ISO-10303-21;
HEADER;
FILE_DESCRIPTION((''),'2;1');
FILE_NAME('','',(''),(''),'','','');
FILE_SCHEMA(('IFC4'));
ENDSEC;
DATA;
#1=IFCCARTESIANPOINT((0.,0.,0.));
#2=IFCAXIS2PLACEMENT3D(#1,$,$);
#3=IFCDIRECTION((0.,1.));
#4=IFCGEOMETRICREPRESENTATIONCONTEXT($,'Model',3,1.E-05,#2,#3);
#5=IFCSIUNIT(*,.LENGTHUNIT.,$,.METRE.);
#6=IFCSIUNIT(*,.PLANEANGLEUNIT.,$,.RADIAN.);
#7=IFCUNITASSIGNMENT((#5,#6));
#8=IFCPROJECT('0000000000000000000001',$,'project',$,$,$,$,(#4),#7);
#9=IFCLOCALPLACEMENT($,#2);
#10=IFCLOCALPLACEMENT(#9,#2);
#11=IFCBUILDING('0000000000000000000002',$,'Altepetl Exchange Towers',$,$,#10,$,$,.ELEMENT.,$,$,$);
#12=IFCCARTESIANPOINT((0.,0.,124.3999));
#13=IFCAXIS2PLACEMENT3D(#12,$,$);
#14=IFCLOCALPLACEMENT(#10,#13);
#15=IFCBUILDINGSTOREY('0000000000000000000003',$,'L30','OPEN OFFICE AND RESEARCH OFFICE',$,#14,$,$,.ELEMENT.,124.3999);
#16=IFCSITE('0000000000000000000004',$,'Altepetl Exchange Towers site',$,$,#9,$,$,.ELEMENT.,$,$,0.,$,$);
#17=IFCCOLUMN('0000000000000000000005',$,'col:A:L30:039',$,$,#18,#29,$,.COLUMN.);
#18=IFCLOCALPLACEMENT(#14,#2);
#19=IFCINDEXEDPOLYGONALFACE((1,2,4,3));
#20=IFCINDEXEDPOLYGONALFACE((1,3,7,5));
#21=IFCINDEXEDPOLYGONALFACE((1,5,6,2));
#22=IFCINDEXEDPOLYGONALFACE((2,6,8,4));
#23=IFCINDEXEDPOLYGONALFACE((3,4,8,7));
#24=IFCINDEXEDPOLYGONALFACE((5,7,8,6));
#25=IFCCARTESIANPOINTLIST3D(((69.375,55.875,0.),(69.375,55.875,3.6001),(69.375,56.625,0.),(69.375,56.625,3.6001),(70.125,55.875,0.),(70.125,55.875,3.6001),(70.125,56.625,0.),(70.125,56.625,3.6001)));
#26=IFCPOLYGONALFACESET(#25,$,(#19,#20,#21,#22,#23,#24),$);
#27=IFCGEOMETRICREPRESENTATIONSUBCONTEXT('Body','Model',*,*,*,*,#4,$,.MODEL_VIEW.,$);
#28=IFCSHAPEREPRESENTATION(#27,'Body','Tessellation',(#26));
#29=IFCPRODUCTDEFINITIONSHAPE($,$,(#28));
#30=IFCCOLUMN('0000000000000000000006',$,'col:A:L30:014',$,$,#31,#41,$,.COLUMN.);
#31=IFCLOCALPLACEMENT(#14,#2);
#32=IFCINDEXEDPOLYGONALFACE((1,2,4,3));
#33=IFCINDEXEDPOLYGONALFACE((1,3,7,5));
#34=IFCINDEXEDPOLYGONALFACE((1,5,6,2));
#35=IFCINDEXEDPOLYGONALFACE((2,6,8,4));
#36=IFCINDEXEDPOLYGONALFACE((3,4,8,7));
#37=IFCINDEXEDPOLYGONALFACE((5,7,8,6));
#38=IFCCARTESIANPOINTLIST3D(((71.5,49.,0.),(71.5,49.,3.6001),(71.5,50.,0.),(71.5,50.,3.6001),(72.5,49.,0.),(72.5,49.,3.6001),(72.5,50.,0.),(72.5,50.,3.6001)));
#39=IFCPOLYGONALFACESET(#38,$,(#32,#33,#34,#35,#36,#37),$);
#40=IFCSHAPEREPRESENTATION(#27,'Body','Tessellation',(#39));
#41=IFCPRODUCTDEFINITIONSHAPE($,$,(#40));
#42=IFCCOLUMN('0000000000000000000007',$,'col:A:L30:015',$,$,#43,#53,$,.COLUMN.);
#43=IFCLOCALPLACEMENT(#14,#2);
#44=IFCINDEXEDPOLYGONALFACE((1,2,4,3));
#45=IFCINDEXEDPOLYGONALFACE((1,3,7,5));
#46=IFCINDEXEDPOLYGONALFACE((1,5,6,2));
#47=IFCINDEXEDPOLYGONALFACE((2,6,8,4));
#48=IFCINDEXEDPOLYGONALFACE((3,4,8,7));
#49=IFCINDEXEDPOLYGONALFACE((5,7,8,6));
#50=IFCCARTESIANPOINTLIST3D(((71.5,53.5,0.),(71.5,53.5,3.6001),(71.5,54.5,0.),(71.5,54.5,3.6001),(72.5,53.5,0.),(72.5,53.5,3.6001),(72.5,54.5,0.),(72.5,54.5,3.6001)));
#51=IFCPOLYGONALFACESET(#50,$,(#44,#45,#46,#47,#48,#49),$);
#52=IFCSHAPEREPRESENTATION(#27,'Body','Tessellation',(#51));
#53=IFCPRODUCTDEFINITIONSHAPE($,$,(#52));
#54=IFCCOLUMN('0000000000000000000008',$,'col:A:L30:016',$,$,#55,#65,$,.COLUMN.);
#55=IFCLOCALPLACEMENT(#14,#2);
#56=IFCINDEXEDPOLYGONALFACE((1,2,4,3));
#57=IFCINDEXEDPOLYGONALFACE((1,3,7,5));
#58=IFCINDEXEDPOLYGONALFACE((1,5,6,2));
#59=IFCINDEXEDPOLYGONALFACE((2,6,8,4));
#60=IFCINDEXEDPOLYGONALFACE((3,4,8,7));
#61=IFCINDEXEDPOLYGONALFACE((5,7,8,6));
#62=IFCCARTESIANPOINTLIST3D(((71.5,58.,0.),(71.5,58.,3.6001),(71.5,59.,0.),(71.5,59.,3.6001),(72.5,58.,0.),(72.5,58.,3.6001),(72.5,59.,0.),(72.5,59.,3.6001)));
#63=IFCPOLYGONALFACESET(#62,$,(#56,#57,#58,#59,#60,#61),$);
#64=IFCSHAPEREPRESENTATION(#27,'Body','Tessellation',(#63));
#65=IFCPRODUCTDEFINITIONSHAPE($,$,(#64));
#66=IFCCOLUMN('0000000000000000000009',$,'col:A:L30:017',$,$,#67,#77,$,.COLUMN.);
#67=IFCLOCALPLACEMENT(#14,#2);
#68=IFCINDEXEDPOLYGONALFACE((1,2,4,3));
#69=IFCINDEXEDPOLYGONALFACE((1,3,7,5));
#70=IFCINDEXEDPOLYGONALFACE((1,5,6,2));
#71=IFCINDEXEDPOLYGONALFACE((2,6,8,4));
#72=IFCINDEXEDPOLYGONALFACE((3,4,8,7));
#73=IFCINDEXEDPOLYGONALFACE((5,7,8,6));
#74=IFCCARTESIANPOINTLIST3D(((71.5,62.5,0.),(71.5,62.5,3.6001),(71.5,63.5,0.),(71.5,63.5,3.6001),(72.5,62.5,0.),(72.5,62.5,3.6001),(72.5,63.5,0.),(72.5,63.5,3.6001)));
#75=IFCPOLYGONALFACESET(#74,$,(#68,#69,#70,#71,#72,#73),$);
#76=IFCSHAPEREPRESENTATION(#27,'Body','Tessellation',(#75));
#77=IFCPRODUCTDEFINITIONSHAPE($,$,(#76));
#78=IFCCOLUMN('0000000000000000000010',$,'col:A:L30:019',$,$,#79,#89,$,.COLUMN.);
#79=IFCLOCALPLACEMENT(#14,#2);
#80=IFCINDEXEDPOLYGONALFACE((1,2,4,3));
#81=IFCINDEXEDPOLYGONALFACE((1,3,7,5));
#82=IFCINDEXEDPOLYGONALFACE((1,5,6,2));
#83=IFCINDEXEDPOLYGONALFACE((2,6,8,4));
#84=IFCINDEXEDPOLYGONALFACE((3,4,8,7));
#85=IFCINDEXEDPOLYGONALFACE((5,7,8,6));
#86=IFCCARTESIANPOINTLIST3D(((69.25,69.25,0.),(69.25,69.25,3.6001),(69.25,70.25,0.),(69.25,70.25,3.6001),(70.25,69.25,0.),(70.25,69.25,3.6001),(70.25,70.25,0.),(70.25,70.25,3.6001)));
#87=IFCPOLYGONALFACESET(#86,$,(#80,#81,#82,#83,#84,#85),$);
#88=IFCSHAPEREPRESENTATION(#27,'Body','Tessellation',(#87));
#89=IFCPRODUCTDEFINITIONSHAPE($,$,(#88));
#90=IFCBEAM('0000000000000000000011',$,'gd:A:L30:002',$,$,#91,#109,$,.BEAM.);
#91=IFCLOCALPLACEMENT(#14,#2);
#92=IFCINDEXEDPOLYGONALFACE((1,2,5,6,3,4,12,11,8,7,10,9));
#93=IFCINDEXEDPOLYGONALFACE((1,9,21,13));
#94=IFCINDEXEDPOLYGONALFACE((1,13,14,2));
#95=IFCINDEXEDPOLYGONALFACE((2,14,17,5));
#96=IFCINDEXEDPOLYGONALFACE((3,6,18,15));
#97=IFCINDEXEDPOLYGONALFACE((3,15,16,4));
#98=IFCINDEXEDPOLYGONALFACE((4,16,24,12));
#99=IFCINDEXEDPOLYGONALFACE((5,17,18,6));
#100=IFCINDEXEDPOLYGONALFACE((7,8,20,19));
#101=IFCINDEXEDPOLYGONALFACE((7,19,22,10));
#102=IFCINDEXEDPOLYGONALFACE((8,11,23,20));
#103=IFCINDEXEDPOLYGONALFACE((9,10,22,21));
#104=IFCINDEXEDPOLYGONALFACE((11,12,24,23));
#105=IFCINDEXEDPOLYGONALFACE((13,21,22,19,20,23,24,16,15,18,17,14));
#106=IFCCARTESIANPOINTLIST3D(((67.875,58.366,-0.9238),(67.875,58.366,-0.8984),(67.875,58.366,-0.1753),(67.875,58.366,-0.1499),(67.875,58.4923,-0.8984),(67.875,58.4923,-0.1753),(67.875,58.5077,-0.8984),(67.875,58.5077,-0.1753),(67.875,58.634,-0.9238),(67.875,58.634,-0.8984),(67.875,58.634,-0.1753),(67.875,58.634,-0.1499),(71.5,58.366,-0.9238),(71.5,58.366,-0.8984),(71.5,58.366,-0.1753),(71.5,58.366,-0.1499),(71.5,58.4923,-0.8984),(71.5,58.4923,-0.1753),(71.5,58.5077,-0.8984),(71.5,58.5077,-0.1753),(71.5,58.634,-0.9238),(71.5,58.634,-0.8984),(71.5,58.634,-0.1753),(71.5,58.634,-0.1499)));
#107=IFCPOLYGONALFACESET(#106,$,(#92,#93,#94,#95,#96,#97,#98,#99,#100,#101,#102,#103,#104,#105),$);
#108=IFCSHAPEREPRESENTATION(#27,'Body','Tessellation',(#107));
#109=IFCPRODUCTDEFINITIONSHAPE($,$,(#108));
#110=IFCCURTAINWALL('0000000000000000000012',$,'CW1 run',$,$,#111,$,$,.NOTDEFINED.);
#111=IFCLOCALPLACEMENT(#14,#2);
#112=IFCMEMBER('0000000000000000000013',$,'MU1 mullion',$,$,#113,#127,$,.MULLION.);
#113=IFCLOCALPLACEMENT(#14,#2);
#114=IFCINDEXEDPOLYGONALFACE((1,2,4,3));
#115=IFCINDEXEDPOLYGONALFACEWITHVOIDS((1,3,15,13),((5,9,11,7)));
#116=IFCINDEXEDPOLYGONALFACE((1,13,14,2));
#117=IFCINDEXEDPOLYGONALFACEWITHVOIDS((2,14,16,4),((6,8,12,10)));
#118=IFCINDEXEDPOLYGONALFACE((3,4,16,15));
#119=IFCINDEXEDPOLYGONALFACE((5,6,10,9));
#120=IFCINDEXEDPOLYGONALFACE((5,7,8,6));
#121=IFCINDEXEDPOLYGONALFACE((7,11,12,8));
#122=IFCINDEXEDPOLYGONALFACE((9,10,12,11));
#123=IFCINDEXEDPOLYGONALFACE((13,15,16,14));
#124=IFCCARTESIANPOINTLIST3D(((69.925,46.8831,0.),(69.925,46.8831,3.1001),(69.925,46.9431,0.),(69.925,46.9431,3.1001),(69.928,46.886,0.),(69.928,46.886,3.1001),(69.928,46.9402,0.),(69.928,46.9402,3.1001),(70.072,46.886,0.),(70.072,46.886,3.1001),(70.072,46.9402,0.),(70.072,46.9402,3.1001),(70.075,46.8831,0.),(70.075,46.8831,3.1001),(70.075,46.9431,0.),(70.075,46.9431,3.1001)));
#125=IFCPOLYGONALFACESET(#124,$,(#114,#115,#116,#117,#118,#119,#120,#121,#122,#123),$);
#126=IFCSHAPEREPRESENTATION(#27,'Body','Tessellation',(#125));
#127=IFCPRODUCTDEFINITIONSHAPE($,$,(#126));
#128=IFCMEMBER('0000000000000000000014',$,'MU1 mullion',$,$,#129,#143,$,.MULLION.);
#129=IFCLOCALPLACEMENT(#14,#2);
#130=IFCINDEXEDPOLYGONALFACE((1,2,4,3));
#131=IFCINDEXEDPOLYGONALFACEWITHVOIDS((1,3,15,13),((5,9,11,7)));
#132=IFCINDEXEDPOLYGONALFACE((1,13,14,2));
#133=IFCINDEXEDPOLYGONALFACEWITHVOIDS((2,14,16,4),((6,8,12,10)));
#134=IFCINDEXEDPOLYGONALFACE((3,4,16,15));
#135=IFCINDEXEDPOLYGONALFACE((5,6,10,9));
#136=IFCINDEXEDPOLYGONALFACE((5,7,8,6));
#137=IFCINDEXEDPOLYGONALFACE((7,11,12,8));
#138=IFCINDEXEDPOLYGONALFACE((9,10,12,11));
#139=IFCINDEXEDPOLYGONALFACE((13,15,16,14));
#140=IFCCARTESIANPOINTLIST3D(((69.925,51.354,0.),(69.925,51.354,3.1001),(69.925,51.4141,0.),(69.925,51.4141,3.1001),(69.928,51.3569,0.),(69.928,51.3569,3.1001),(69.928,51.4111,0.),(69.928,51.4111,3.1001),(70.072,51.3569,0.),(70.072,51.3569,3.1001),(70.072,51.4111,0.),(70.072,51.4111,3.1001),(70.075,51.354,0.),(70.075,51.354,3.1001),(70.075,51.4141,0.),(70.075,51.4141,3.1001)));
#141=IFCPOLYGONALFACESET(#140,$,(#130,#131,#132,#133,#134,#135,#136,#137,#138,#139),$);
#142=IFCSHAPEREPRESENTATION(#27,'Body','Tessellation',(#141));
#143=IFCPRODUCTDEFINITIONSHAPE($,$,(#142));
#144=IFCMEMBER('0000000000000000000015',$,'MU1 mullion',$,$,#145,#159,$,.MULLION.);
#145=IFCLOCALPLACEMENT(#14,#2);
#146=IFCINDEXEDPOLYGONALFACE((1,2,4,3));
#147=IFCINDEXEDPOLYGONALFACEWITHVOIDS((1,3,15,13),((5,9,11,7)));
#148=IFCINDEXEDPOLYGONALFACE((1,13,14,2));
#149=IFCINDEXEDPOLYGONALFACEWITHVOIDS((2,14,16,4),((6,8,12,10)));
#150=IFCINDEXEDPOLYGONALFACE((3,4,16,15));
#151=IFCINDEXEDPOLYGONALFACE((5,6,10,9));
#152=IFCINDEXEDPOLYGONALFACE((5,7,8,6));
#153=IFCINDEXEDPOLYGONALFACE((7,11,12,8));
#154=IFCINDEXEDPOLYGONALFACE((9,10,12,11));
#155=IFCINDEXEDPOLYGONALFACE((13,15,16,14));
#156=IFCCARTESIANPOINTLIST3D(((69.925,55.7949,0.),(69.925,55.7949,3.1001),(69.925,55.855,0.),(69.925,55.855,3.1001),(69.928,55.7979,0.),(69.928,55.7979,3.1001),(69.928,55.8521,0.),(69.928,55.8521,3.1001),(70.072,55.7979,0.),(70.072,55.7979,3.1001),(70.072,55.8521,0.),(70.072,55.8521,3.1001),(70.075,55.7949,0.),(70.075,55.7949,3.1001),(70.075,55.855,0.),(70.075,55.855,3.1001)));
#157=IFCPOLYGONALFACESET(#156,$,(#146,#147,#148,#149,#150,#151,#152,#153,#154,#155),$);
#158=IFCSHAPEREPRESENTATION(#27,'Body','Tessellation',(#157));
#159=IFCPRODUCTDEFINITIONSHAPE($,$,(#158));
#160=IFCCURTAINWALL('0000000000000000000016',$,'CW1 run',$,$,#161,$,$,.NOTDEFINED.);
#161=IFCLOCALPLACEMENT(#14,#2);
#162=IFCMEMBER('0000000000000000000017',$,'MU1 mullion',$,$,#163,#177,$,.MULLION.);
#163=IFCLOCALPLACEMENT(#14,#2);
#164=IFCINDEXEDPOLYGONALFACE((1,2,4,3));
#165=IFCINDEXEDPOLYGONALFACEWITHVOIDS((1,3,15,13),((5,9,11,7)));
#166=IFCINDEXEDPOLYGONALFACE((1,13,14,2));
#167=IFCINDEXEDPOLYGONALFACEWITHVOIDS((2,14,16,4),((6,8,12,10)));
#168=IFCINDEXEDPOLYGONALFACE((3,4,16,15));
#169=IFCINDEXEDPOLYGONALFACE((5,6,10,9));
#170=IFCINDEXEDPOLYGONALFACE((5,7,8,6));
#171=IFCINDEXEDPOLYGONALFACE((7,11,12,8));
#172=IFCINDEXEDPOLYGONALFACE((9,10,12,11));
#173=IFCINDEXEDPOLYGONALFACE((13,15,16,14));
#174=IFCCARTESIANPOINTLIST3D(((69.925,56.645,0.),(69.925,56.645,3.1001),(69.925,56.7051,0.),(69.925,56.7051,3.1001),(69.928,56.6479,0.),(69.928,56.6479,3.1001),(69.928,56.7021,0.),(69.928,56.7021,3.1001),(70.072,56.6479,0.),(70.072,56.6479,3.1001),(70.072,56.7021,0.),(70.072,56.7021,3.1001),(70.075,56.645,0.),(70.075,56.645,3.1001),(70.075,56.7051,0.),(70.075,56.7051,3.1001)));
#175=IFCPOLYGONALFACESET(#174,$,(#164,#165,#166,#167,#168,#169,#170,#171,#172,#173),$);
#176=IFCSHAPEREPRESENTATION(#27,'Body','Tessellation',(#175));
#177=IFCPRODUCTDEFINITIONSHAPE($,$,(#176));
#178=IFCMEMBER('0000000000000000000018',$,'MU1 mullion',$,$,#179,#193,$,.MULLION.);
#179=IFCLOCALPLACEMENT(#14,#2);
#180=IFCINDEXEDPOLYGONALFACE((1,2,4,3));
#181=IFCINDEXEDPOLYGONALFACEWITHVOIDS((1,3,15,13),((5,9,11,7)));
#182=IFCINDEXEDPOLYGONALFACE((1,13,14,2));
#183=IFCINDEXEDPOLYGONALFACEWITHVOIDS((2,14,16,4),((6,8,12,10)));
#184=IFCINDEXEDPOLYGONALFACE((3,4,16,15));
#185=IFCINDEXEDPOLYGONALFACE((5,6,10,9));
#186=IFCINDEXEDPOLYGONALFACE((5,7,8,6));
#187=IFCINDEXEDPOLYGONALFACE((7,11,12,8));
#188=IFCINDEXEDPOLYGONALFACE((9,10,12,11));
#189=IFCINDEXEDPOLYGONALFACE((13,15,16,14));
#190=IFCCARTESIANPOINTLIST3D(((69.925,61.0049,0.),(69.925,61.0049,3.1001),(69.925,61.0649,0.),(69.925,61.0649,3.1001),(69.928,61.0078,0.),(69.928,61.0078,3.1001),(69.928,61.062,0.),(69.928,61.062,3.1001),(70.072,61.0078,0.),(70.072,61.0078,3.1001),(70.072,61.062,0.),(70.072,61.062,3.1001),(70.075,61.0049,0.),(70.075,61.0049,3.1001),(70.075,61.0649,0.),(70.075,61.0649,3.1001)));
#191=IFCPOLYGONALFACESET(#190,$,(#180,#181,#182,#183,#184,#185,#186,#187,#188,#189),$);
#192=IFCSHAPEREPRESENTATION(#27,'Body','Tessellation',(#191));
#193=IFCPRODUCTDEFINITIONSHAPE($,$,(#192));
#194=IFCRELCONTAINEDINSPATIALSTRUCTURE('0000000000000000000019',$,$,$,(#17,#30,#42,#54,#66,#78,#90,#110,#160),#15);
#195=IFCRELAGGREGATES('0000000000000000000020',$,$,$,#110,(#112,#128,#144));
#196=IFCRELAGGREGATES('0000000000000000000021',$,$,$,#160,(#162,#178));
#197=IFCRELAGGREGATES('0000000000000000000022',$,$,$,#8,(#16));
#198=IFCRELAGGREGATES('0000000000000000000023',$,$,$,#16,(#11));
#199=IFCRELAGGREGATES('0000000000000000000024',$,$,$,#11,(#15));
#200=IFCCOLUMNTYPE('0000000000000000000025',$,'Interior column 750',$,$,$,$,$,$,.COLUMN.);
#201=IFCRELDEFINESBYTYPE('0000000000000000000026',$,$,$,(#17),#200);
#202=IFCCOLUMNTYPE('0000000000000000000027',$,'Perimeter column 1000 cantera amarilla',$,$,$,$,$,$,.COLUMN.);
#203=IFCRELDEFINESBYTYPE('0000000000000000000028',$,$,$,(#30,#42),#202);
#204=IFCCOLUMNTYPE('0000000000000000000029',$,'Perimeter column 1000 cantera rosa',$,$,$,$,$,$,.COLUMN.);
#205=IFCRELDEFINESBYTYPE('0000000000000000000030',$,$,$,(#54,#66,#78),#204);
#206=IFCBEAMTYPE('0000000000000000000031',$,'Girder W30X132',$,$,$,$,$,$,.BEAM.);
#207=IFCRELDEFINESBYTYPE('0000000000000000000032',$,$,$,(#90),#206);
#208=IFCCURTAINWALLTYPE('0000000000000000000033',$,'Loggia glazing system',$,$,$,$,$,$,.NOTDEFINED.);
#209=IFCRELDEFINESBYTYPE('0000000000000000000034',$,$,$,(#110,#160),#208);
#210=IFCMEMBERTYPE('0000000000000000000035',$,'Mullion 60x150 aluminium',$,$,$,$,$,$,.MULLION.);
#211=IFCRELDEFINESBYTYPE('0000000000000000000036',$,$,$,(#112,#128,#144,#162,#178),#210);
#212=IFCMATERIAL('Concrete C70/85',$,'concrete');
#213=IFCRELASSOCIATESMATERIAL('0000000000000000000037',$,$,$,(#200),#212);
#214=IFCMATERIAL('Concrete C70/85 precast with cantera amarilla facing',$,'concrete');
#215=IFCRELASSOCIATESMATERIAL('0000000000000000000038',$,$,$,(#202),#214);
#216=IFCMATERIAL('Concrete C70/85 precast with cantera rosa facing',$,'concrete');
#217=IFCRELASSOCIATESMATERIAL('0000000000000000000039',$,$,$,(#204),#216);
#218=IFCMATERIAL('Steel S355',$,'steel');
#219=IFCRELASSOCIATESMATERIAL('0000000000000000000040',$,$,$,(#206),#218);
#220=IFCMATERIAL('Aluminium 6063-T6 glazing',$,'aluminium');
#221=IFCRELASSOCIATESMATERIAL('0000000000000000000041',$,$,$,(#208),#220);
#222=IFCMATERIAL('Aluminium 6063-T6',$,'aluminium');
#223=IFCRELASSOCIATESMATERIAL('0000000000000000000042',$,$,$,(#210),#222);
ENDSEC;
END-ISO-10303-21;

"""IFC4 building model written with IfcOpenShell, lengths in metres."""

from ifc_helpers import new_model, si_unit, direction, frame, origin, origin_2d, place, context, subcontext, project, spatial, rectangle, hollow_rectangle, i_section, extrude, material, material_profile, profile_set, type_object, element, aggregate, save


model = new_model("IFC4")

# Units and contexts
model_context = context("Model", 3, precision=1e-05, world=origin(), true_north=direction((0.0, 1.0)))
body_context = subcontext(model_context, "Body", "Model", "MODEL_VIEW")
ifc_project = project(units=[si_unit("LENGTHUNIT", "METRE"), si_unit("PLANEANGLEUNIT", "RADIAN")], contexts=[model_context])

# Site, building, storey
site_placement = place(None, origin())
site = spatial("IfcSite", under=ifc_project, at=site_placement, Name="Altepetl Exchange Towers site", CompositionType="ELEMENT", RefElevation=0.0)
building_placement = place(site_placement, origin())
building = spatial("IfcBuilding", under=site, at=building_placement, Name="Altepetl Exchange Towers", CompositionType="ELEMENT")
storey_placement = place(building_placement, frame((0.0, 0.0, 124.3999)))
storey = spatial("IfcBuildingStorey", under=building, at=storey_placement, Name="L30", Description="OPEN OFFICE AND RESEARCH OFFICE", CompositionType="ELEMENT", Elevation=124.3999)

# Columns
ifc_material_1 = material(Name="Concrete C70/85", Category="concrete")
ifc_material_profile_1 = material_profile(ifc_material_1, rectangle(XDim=0.75, YDim=0.75, at=origin_2d()), Name="750 x 750")
ifc_profile_set_1 = profile_set([ifc_material_profile_1], Name="Concrete C70/85")
column_type_1 = type_object("IfcColumnType", Name="Interior column 750", PredefinedType="COLUMN", material=ifc_profile_set_1)
column_placement = place(storey_placement, frame((69.75, 56.25, 0.0)))
element("IfcColumn", 1, at=column_placement, inside=storey, type_object=column_type_1, Name="col:A:L30:039", PredefinedType="COLUMN", context=body_context, shape_type="SweptSolid", body=[
    extrude(rectangle(XDim=0.75, YDim=0.75, at=origin_2d()), origin(), (0.0, 0.0, 1.0), 3.6001),
])
ifc_material_2 = material(Name="Concrete C70/85 precast with cantera amarilla facing", Category="concrete")
ifc_material_profile_2 = material_profile(ifc_material_2, rectangle(XDim=1.0, YDim=1.0, at=origin_2d()), Name="1000 x 1000")
ifc_profile_set_2 = profile_set([ifc_material_profile_2], Name="Concrete C70/85 precast with cantera amarilla facing")
column_type_2 = type_object("IfcColumnType", Name="Perimeter column 1000 cantera amarilla", PredefinedType="COLUMN", material=ifc_profile_set_2)
for number, where, name in (
    (2, (72.0, 49.5, 0.0), "col:A:L30:014"),
    (3, (72.0, 54.0, 0.0), "col:A:L30:015"),
):
    element("IfcColumn", number, at=place(storey_placement, frame(where)), inside=storey, type_object=column_type_2, Name=name, PredefinedType="COLUMN", context=body_context, shape_type="SweptSolid", body=[
        extrude(rectangle(XDim=1.0, YDim=1.0, at=origin_2d()), origin(), (0.0, 0.0, 1.0), 3.6001),
    ])
ifc_material_3 = material(Name="Concrete C70/85 precast with cantera rosa facing", Category="concrete")
ifc_material_profile_3 = material_profile(ifc_material_3, rectangle(XDim=1.0, YDim=1.0, at=origin_2d()), Name="1000 x 1000")
ifc_profile_set_3 = profile_set([ifc_material_profile_3], Name="Concrete C70/85 precast with cantera rosa facing")
column_type_3 = type_object("IfcColumnType", Name="Perimeter column 1000 cantera rosa", PredefinedType="COLUMN", material=ifc_profile_set_3)
for number, where, name in (
    (4, (72.0, 58.5, 0.0), "col:A:L30:016"),
    (5, (72.0, 63.0, 0.0), "col:A:L30:017"),
    (6, (69.75, 69.75, 0.0), "col:A:L30:019"),
):
    element("IfcColumn", number, at=place(storey_placement, frame(where)), inside=storey, type_object=column_type_3, Name=name, PredefinedType="COLUMN", context=body_context, shape_type="SweptSolid", body=[
        extrude(rectangle(XDim=1.0, YDim=1.0, at=origin_2d()), origin(), (0.0, 0.0, 1.0), 3.6001),
    ])

# Beam
ifc_material_4 = material(Name="Steel S355", Category="steel")
ifc_material_profile_4 = material_profile(ifc_material_4, i_section(OverallWidth=0.2681, OverallDepth=0.7739, WebThickness=0.0154, FlangeThickness=0.0254, at=origin_2d()), Name="W30X132")
ifc_profile_set_4 = profile_set([ifc_material_profile_4], Name="Steel S355")
beam_type_1 = type_object("IfcBeamType", Name="Girder W30X132", PredefinedType="BEAM", material=ifc_profile_set_4)
beam_1_placement = place(storey_placement, frame((67.875, 58.5, -0.5369), z_axis=(1.0, 0.0, 0.0), x_axis=(0.0, 1.0, 0.0)))
element("IfcBeam", 7, at=beam_1_placement, inside=storey, type_object=beam_type_1, Name="gd:A:L30:002", PredefinedType="BEAM", context=body_context, shape_type="SweptSolid", body=[
    extrude(i_section(OverallWidth=0.2681, OverallDepth=0.7739, WebThickness=0.0154, FlangeThickness=0.0254, at=origin_2d()), origin(), (0.0, 0.0, 1.0), 3.625),
])

# Curtain walls, members
ifc_material_5 = material(Name="Aluminium 6063-T6 glazing", Category="aluminium")
curtain_wall_type = type_object("IfcCurtainWallType", Name="Loggia glazing system", PredefinedType="NOTDEFINED", material=ifc_material_5)
curtain_wall_1_placement = place(storey_placement, origin())
curtain_wall_1 = element("IfcCurtainWall", 8, at=curtain_wall_1_placement, inside=storey, type_object=curtain_wall_type, Name="CW1 run", PredefinedType="NOTDEFINED")
ifc_material_6 = material(Name="Aluminium 6063-T6", Category="aluminium")
ifc_material_profile_5 = material_profile(ifc_material_6, hollow_rectangle(XDim=0.0601, YDim=0.1499, WallThickness=0.0029, at=origin_2d()), Name="Mullion 60x150 aluminium")
ifc_profile_set_5 = profile_set([ifc_material_profile_5], Name="Aluminium 6063-T6")
member_type = type_object("IfcMemberType", Name="Mullion 60x150 aluminium", PredefinedType="MULLION", material=ifc_profile_set_5)
member_1_placement = place(storey_placement, frame((70.0, 46.9131, 0.0), z_axis=(0.0, 0.0, 1.0), x_axis=(0.0, 1.0, 0.0)))
member_1 = element("IfcMember", 9, at=member_1_placement, type_object=member_type, Name="MU1 mullion", PredefinedType="MULLION", context=body_context, shape_type="SweptSolid", body=[
    extrude(hollow_rectangle(XDim=0.0601, YDim=0.1499, WallThickness=0.0029, at=origin_2d()), origin(), (0.0, 0.0, 1.0), 3.1001),
])
member_2_placement = place(storey_placement, frame((70.0, 51.384, 0.0), z_axis=(0.0, 0.0, 1.0), x_axis=(0.0, 1.0, 0.0)))
member_2 = element("IfcMember", 10, at=member_2_placement, type_object=member_type, Name="MU1 mullion", PredefinedType="MULLION", context=body_context, shape_type="SweptSolid", body=[
    extrude(hollow_rectangle(XDim=0.0601, YDim=0.1499, WallThickness=0.0029, at=origin_2d()), origin(), (0.0, 0.0, 1.0), 3.1001),
])
member_3_placement = place(storey_placement, frame((70.0, 55.825, 0.0), z_axis=(0.0, 0.0, 1.0), x_axis=(0.0, 1.0, 0.0)))
member_3 = element("IfcMember", 11, at=member_3_placement, type_object=member_type, Name="MU1 mullion", PredefinedType="MULLION", context=body_context, shape_type="SweptSolid", body=[
    extrude(hollow_rectangle(XDim=0.0601, YDim=0.1499, WallThickness=0.0029, at=origin_2d()), origin(), (0.0, 0.0, 1.0), 3.1001),
])
curtain_wall_2_placement = place(storey_placement, origin())
curtain_wall_2 = element("IfcCurtainWall", 12, at=curtain_wall_2_placement, inside=storey, type_object=curtain_wall_type, Name="CW1 run", PredefinedType="NOTDEFINED")
member_4_placement = place(storey_placement, frame((70.0, 56.675, 0.0), z_axis=(0.0, 0.0, 1.0), x_axis=(0.0, 1.0, 0.0)))
member_4 = element("IfcMember", 13, at=member_4_placement, type_object=member_type, Name="MU1 mullion", PredefinedType="MULLION", context=body_context, shape_type="SweptSolid", body=[
    extrude(hollow_rectangle(XDim=0.0601, YDim=0.1499, WallThickness=0.0029, at=origin_2d()), origin(), (0.0, 0.0, 1.0), 3.1001),
])
member_5_placement = place(storey_placement, frame((70.0, 61.0349, 0.0), z_axis=(0.0, 0.0, 1.0), x_axis=(0.0, 1.0, 0.0)))
member_5 = element("IfcMember", 14, at=member_5_placement, type_object=member_type, Name="MU1 mullion", PredefinedType="MULLION", context=body_context, shape_type="SweptSolid", body=[
    extrude(hollow_rectangle(XDim=0.0601, YDim=0.1499, WallThickness=0.0029, at=origin_2d()), origin(), (0.0, 0.0, 1.0), 3.1001),
])

aggregate(curtain_wall_1, [member_1, member_2, member_3])
aggregate(curtain_wall_2, [member_4, member_5])

save(model, "model.ifc")
